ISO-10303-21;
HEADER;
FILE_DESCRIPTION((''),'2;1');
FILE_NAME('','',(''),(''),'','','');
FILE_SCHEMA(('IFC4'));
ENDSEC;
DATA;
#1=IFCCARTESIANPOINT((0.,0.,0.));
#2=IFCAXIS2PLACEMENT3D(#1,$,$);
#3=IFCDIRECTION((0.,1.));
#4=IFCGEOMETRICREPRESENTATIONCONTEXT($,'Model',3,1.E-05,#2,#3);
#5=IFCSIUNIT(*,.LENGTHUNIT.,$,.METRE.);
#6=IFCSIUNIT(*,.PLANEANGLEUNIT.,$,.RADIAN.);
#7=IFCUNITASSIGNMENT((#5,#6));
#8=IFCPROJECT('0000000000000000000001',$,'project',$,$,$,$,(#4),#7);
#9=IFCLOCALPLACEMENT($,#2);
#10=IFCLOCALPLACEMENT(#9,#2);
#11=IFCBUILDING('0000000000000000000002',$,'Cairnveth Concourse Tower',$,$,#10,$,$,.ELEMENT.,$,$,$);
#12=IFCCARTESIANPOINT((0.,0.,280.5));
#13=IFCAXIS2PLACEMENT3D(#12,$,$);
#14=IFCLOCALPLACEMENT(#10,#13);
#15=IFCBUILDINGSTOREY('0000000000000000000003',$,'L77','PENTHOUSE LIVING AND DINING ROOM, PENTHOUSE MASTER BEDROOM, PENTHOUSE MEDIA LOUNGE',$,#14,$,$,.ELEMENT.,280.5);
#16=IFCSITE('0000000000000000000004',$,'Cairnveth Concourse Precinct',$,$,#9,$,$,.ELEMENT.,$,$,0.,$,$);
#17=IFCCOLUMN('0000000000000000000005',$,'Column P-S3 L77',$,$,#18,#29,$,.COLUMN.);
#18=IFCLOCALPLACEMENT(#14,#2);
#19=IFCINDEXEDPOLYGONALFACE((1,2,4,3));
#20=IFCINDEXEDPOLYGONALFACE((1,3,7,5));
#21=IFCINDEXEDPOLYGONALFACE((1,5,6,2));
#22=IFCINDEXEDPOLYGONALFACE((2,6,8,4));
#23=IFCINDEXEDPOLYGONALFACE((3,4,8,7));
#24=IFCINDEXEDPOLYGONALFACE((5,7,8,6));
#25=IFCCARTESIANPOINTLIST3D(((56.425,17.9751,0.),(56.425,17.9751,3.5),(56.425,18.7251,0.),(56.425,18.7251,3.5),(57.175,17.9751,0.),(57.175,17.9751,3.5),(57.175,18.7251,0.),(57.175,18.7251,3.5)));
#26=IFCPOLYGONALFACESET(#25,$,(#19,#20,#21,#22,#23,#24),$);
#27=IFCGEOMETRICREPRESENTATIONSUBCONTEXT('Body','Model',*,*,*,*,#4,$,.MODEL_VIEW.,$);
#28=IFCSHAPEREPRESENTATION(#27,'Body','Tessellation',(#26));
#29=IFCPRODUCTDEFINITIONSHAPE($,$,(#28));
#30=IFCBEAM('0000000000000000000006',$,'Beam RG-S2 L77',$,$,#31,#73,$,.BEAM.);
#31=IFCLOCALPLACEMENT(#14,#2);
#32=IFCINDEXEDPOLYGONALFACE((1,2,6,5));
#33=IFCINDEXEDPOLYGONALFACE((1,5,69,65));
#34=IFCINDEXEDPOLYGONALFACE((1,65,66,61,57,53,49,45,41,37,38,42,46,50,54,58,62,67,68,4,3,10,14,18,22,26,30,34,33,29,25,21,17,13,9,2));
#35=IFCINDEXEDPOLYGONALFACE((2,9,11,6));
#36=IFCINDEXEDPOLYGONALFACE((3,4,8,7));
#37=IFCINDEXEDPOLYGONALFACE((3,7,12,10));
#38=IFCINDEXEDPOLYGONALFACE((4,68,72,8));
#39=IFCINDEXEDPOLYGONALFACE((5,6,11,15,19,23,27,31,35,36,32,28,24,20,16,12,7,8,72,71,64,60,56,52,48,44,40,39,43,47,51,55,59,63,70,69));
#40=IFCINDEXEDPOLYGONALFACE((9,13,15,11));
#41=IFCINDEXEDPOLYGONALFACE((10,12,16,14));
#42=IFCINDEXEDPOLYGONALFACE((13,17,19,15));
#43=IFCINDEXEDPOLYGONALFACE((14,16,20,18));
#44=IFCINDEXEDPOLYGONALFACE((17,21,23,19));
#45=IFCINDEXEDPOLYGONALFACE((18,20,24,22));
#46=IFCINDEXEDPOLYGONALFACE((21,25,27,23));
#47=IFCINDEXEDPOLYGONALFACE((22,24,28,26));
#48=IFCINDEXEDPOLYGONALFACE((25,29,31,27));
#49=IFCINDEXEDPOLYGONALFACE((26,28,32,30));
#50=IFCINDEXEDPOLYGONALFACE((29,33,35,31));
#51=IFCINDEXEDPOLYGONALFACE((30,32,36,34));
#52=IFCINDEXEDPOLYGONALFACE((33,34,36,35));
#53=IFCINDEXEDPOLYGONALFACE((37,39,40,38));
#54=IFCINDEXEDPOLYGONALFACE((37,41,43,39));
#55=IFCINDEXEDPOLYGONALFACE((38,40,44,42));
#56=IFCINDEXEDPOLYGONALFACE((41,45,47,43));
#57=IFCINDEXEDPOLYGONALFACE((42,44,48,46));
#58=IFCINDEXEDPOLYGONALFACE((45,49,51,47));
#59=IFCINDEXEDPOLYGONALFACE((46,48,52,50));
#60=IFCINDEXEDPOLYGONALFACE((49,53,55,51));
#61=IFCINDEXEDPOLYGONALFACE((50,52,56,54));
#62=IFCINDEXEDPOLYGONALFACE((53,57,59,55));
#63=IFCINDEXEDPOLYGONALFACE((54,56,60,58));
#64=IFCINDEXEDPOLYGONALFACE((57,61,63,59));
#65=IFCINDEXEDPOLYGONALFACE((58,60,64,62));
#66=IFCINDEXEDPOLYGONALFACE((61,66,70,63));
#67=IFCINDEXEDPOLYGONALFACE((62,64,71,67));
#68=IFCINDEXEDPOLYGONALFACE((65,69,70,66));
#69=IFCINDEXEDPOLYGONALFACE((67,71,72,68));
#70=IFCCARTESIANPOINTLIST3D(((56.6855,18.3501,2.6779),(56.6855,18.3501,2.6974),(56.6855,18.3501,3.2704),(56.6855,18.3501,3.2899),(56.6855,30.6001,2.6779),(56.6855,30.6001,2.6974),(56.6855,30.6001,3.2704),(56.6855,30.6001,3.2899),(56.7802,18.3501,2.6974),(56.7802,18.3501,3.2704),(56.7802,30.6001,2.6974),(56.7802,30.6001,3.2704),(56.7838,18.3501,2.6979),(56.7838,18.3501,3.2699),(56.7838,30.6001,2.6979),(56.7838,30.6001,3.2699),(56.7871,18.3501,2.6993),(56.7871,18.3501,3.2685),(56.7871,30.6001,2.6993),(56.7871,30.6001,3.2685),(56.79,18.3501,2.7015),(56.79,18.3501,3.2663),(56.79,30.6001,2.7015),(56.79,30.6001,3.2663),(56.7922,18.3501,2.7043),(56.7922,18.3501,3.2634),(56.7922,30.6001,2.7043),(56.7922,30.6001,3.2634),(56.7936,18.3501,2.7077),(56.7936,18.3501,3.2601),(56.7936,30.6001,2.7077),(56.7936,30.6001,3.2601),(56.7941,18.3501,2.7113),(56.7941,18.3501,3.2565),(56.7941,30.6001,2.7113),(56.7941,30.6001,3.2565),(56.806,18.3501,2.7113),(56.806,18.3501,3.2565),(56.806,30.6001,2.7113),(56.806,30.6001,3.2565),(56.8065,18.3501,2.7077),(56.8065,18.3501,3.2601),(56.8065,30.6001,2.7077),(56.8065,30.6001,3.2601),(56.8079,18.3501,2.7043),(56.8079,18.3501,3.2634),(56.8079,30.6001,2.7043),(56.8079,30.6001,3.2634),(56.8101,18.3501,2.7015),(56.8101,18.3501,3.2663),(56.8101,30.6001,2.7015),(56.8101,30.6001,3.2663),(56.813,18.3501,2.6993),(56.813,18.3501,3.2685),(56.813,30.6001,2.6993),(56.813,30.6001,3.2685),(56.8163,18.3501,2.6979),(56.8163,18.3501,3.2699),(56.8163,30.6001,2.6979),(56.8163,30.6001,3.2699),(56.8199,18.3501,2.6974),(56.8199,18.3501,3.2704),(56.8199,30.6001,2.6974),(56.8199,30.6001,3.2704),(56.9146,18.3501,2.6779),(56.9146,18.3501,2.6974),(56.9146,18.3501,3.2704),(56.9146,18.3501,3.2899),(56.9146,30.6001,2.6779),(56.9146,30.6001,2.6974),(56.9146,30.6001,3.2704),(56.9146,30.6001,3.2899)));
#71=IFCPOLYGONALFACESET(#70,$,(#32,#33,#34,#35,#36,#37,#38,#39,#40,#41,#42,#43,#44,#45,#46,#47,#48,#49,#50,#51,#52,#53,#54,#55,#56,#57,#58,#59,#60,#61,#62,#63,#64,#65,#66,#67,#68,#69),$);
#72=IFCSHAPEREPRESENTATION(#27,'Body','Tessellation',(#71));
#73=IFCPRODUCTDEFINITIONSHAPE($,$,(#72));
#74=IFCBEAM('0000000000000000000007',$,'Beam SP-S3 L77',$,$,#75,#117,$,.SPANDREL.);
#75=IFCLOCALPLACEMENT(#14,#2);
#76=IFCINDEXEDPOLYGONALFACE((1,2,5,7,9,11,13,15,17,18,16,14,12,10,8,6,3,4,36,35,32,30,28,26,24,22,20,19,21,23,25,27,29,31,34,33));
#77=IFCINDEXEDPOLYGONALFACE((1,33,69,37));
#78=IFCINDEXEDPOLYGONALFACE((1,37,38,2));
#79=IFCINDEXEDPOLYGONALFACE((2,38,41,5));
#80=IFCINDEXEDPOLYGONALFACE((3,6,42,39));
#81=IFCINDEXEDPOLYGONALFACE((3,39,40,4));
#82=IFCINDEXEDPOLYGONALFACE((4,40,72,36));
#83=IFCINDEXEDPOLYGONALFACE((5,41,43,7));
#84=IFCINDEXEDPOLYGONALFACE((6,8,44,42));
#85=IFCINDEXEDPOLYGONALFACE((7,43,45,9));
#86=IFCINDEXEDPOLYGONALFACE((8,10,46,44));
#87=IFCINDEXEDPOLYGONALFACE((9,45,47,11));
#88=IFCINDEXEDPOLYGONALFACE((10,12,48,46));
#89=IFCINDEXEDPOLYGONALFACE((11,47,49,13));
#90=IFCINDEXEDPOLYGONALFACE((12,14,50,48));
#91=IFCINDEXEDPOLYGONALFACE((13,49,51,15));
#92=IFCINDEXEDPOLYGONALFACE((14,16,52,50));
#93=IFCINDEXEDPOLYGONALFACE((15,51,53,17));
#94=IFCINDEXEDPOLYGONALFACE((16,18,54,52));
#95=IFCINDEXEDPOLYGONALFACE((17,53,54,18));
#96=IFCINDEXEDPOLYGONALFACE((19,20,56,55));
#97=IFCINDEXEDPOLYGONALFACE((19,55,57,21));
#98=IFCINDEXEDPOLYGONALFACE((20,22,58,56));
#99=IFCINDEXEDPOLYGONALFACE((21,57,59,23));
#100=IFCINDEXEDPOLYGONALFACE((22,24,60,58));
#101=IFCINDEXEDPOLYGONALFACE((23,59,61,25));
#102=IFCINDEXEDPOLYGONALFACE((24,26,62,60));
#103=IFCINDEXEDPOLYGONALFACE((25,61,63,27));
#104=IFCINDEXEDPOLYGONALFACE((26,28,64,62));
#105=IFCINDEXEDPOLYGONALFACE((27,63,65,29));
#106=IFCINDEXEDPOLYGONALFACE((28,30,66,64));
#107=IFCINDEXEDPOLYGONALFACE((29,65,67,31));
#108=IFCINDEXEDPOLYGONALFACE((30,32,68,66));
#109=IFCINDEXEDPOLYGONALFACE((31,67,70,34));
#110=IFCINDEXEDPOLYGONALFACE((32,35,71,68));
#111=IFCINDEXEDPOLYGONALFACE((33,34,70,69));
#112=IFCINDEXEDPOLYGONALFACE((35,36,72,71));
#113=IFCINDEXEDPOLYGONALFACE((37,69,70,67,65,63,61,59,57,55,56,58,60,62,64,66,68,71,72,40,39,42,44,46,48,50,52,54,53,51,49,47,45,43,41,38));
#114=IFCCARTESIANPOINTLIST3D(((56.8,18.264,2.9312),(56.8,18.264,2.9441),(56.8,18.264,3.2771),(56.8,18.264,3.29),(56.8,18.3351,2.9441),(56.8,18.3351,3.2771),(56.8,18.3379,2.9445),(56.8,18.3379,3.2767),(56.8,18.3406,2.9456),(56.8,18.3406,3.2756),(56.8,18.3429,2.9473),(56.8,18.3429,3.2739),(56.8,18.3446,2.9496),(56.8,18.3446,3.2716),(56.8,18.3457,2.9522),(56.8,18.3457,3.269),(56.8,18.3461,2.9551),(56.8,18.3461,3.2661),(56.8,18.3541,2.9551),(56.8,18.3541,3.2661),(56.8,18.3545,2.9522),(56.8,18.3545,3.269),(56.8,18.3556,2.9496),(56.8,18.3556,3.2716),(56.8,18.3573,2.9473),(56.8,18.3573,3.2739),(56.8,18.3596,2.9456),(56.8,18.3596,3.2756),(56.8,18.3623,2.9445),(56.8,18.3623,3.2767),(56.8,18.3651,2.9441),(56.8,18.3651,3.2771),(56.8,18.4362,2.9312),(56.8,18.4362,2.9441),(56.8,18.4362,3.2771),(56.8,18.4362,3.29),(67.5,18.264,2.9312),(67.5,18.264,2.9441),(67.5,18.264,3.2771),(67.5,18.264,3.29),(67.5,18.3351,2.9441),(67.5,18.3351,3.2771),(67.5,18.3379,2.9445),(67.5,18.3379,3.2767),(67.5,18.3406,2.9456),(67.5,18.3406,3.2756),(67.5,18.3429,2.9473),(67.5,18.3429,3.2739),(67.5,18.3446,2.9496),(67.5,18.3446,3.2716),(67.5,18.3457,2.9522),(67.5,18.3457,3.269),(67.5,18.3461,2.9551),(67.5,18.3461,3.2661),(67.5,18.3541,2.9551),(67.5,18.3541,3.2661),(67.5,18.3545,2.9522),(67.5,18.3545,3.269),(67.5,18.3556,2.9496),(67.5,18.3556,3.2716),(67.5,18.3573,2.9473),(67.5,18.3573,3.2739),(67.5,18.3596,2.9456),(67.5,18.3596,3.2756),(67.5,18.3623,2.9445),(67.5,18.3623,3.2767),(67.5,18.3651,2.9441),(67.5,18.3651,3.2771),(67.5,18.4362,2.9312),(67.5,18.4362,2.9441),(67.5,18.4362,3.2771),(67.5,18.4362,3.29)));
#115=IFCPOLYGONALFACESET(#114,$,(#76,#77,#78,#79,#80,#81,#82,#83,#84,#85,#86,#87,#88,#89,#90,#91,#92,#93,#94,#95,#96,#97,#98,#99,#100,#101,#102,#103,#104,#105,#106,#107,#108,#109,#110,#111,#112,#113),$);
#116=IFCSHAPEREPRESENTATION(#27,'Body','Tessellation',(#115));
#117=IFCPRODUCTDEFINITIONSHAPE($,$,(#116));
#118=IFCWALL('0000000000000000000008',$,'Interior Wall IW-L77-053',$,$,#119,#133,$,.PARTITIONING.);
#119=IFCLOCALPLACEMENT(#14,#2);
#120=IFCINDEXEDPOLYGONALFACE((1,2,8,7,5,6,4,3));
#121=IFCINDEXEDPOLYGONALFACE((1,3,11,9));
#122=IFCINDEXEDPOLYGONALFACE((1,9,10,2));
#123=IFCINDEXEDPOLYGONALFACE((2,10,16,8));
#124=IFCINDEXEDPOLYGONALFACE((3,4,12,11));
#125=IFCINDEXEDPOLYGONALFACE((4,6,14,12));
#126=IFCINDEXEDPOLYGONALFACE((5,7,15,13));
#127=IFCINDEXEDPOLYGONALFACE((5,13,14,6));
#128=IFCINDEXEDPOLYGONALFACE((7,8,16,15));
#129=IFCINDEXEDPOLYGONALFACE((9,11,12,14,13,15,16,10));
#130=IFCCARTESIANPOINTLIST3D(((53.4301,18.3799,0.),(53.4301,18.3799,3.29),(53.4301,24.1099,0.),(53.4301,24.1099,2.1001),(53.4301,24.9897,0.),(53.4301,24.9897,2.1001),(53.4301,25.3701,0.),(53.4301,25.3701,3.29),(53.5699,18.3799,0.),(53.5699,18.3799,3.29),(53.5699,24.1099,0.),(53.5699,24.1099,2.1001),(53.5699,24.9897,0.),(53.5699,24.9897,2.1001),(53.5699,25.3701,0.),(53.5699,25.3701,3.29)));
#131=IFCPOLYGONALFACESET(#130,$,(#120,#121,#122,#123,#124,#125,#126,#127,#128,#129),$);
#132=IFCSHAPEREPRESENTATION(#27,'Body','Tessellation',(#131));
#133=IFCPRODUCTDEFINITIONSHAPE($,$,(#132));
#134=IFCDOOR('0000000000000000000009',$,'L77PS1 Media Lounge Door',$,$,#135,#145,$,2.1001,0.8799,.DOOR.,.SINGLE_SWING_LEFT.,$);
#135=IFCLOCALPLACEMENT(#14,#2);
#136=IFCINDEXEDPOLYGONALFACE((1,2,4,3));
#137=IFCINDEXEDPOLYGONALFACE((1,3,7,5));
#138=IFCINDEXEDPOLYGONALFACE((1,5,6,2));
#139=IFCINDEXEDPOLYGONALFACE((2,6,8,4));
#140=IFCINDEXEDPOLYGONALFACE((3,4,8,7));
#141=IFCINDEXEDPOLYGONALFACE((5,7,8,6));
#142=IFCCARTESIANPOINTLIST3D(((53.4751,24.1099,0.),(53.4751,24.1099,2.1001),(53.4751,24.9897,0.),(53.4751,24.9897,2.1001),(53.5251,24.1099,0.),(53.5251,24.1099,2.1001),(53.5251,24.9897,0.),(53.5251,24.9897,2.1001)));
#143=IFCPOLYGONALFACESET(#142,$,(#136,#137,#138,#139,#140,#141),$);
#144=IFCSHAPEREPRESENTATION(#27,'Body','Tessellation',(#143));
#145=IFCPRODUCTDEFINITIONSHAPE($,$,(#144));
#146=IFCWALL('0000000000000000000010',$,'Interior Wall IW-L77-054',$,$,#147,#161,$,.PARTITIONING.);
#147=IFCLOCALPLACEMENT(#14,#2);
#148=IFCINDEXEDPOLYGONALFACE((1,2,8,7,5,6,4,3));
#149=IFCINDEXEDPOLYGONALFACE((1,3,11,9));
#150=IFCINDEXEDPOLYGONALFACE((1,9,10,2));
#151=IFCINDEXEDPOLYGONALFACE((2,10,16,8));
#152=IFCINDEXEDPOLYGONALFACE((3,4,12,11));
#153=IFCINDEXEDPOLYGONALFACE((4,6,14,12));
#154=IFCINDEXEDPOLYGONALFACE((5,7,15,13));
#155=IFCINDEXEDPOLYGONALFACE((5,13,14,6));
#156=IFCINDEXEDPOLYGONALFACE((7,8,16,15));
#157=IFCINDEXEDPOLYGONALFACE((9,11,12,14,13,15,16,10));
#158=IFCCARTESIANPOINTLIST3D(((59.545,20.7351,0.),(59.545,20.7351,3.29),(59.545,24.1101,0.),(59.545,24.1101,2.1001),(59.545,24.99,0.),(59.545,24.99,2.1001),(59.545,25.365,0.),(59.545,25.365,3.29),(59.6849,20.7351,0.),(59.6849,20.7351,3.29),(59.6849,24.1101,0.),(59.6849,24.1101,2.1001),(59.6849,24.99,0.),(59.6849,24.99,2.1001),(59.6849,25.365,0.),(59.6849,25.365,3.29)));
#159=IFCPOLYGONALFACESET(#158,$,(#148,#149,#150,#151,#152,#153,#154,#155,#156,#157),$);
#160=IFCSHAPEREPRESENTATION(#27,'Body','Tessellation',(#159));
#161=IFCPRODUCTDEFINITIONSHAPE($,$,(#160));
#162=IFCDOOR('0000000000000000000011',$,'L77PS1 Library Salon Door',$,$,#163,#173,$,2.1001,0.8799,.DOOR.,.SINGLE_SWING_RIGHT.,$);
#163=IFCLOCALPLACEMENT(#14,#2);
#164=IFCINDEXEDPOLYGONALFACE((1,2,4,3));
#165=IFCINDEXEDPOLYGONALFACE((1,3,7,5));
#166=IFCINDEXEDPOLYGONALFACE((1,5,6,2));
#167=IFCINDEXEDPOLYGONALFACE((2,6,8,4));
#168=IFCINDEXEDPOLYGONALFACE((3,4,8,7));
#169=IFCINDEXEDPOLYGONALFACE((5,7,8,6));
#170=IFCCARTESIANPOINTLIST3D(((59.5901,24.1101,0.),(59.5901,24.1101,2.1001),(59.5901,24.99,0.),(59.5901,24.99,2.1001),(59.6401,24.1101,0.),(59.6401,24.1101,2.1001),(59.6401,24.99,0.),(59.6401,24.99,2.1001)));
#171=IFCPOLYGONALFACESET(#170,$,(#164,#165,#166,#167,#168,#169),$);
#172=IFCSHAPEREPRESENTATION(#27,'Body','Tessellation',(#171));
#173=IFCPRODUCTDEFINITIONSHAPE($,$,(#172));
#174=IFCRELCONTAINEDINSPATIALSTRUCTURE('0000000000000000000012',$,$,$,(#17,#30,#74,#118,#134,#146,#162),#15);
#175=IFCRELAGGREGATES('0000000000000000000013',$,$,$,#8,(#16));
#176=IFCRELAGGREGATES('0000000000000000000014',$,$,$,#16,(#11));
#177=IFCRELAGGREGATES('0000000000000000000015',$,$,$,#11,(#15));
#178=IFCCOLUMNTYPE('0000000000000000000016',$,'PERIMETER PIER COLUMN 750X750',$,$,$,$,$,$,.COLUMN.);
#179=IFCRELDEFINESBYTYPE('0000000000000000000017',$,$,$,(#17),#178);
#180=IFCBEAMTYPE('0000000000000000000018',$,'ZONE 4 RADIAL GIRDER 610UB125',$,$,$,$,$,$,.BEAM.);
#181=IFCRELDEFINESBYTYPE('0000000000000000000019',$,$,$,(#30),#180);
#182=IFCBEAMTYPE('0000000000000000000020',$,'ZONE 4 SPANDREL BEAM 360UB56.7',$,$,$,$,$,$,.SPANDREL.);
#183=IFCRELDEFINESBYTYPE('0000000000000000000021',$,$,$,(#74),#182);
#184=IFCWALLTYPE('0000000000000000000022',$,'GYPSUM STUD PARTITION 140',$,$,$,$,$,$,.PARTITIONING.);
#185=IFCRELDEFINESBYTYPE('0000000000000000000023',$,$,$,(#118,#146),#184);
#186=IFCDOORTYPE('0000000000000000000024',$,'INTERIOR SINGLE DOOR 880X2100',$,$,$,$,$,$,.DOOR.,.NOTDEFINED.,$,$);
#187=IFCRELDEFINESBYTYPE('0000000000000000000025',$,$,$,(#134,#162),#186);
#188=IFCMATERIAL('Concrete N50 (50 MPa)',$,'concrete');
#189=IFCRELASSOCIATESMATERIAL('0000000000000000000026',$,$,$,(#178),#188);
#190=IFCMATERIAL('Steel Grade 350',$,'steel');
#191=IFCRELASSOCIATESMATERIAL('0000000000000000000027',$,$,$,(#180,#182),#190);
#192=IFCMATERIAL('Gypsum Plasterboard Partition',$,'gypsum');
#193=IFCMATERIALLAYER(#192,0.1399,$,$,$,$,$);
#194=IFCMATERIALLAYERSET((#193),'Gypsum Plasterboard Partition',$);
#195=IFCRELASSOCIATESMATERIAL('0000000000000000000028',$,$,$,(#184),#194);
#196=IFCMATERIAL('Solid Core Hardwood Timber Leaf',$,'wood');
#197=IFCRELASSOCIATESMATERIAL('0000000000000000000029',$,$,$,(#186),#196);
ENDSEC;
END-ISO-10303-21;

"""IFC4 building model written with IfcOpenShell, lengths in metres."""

from ifc_helpers import new_model, si_unit, direction, frame, frame_2d, origin, origin_2d, place, context, subcontext, project, spatial, rectangle, i_section, extrude, material, layer, layer_set, material_profile, profile_set, type_object, element, fill, save


model = new_model("IFC4")

# Units and contexts
model_context = context("Model", 3, precision=1e-05, world=origin(), true_north=direction((0.0, 1.0)))
body_context = subcontext(model_context, "Body", "Model", "MODEL_VIEW")
ifc_project = project(units=[si_unit("LENGTHUNIT", "METRE"), si_unit("PLANEANGLEUNIT", "RADIAN")], contexts=[model_context])

# Site, building, storey
site_placement = place(None, origin())
site = spatial("IfcSite", under=ifc_project, at=site_placement, Name="Cairnveth Concourse Precinct", CompositionType="ELEMENT", RefElevation=0.0)
building_placement = place(site_placement, origin())
building = spatial("IfcBuilding", under=site, at=building_placement, Name="Cairnveth Concourse Tower", CompositionType="ELEMENT")
storey_placement = place(building_placement, frame((0.0, 0.0, 280.5)))
storey = spatial("IfcBuildingStorey", under=building, at=storey_placement, Name="L77", Description="PENTHOUSE LIVING AND DINING ROOM, PENTHOUSE MASTER BEDROOM, PENTHOUSE MEDIA LOUNGE", CompositionType="ELEMENT", Elevation=280.5)

# Column
ifc_material_1 = material(Name="Concrete N50 (50 MPa)", Category="concrete")
ifc_material_profile_1 = material_profile(ifc_material_1, rectangle(XDim=0.75, YDim=0.75, at=origin_2d()), Name="RC-COL-750x750")
ifc_profile_set_1 = profile_set([ifc_material_profile_1], Name="Concrete N50 (50 MPa)")
column_type = type_object("IfcColumnType", Name="PERIMETER PIER COLUMN 750X750", PredefinedType="COLUMN", material=ifc_profile_set_1)
column_placement = place(storey_placement, frame((56.8, 18.3501, 0.0), z_axis=(0.0, 0.0, 1.0), x_axis=(1.0, 0.0, 0.0)))
element("IfcColumn", 1, at=column_placement, inside=storey, type_object=column_type, Name="Column P-S3 L77", PredefinedType="COLUMN", context=body_context, shape_type="SweptSolid", body=[
    extrude(rectangle(XDim=0.75, YDim=0.75, at=origin_2d()), origin(), (0.0, 0.0, 1.0), 3.5),
])

# Beams
ifc_material_2 = material(Name="Steel Grade 350", Category="steel")
ifc_material_profile_2 = material_profile(ifc_material_2, i_section(OverallWidth=0.229, OverallDepth=0.6121, WebThickness=0.012, FlangeThickness=0.0195, FilletRadius=0.0139, at=origin_2d()), Name="610UB125")
ifc_profile_set_2 = profile_set([ifc_material_profile_2], Name="Steel Grade 350")
beam_type_1 = type_object("IfcBeamType", Name="ZONE 4 RADIAL GIRDER 610UB125", PredefinedType="BEAM", material=ifc_profile_set_2)
beam_1_placement = place(storey_placement, frame((56.8, 18.3501, 2.9839), z_axis=(0.0, 1.0, 0.0), x_axis=(-1.0, 0.0, 0.0)))
element("IfcBeam", 2, at=beam_1_placement, inside=storey, type_object=beam_type_1, Name="Beam RG-S2 L77", PredefinedType="BEAM", context=body_context, shape_type="SweptSolid", body=[
    extrude(i_section(OverallWidth=0.229, OverallDepth=0.6121, WebThickness=0.012, FlangeThickness=0.0195, FilletRadius=0.0139, at=origin_2d()), origin(), (0.0, 0.0, 1.0), 12.25),
])
ifc_material_profile_3 = material_profile(ifc_material_2, i_section(OverallWidth=0.1721, OverallDepth=0.3589, WebThickness=0.0081, FlangeThickness=0.0129, FilletRadius=0.011, at=origin_2d()), Name="360UB56.7")
ifc_profile_set_3 = profile_set([ifc_material_profile_3], Name="Steel Grade 350")
beam_type_2 = type_object("IfcBeamType", Name="ZONE 4 SPANDREL BEAM 360UB56.7", PredefinedType="SPANDREL", material=ifc_profile_set_3)
beam_2_placement = place(storey_placement, frame((56.8, 18.3501, 3.1106), z_axis=(1.0, 0.0, 0.0), x_axis=(0.0, 1.0, 0.0)))
element("IfcBeam", 3, at=beam_2_placement, inside=storey, type_object=beam_type_2, Name="Beam SP-S3 L77", PredefinedType="SPANDREL", context=body_context, shape_type="SweptSolid", body=[
    extrude(i_section(OverallWidth=0.1721, OverallDepth=0.3589, WebThickness=0.0081, FlangeThickness=0.0129, FilletRadius=0.011, at=origin_2d()), origin(), (0.0, 0.0, 1.0), 10.7),
])

# Walls, openings, doors
ifc_material_3 = material(Name="Gypsum Plasterboard Partition", Category="gypsum")
ifc_layer_1 = layer(ifc_material_3, 0.1399)
ifc_layer_set_1 = layer_set([ifc_layer_1], Name="Gypsum Plasterboard Partition")
wall_type_1 = type_object("IfcWallType", Name="GYPSUM STUD PARTITION 140", PredefinedType="PARTITIONING", material=ifc_layer_set_1)
wall_1_placement = place(storey_placement, frame((53.5, 18.3799, 0.0), z_axis=(0.0, 0.0, 1.0), x_axis=(0.0, 1.0, 0.0)))
wall_1 = element("IfcWall", 4, at=wall_1_placement, inside=storey, type_object=wall_type_1, Name="Interior Wall IW-L77-053", PredefinedType="PARTITIONING", context=body_context, shape_type="SweptSolid", body=[
    extrude(rectangle(XDim=6.9902, YDim=0.1399, at=frame_2d((3.4951, 0.0))), origin(), (0.0, 0.0, 1.0), 3.29),
])
opening_1_placement = place(wall_1_placement, frame((5.73, 0.0, 0.0)))
opening_1 = element("IfcOpeningElement", 5, at=opening_1_placement, cuts=wall_1, PredefinedType="OPENING", context=body_context, shape_type="SweptSolid", body=[
    extrude(rectangle(XDim=0.8799, YDim=2.1001, at=frame_2d((0.4399, 1.05))), frame((0.0, 0.0798, 0.0), z_axis=(0.0, -1.0, 0.0), x_axis=(1.0, 0.0, 0.0)), (0.0, 0.0, 1.0), 0.1599),
])
ifc_material_4 = material(Name="Solid Core Hardwood Timber Leaf", Category="wood")
door_type_1 = type_object("IfcDoorType", Name="INTERIOR SINGLE DOOR 880X2100", OperationType="NOTDEFINED", PredefinedType="DOOR", material=ifc_material_4)
door_1_placement = place(opening_1_placement, origin())
door_1 = element("IfcDoor", 6, at=door_1_placement, inside=storey, type_object=door_type_1, Name="L77PS1 Media Lounge Door", OperationType="SINGLE_SWING_LEFT", OverallHeight=2.1001, OverallWidth=0.8799, PredefinedType="DOOR", context=body_context, shape_type="SweptSolid", body=[
    extrude(rectangle(XDim=0.8799, YDim=2.1001, at=frame_2d((0.4399, 1.05))), frame((0.0, 0.0249, 0.0), z_axis=(0.0, -1.0, 0.0), x_axis=(1.0, 0.0, 0.0)), (0.0, 0.0, 1.0), 0.05),
])
fill(opening_1, door_1)
wall_2_placement = place(storey_placement, frame((59.615, 20.7351, 0.0), z_axis=(0.0, 0.0, 1.0), x_axis=(0.0, 1.0, 0.0)))
wall_2 = element("IfcWall", 7, at=wall_2_placement, inside=storey, type_object=wall_type_1, Name="Interior Wall IW-L77-054", PredefinedType="PARTITIONING", context=body_context, shape_type="SweptSolid", body=[
    extrude(rectangle(XDim=4.6299, YDim=0.1399, at=frame_2d((2.3149, 0.0))), origin(), (0.0, 0.0, 1.0), 3.29),
])
opening_2_placement = place(wall_2_placement, frame((3.375, 0.0, 0.0)))
opening_2 = element("IfcOpeningElement", 8, at=opening_2_placement, cuts=wall_2, PredefinedType="OPENING", context=body_context, shape_type="SweptSolid", body=[
    extrude(rectangle(XDim=0.8799, YDim=2.1001, at=frame_2d((0.4399, 1.05))), frame((0.0, 0.0798, 0.0), z_axis=(0.0, -1.0, 0.0), x_axis=(1.0, 0.0, 0.0)), (0.0, 0.0, 1.0), 0.1599),
])
door_2_placement = place(opening_2_placement, origin())
door_2 = element("IfcDoor", 9, at=door_2_placement, inside=storey, type_object=door_type_1, Name="L77PS1 Library Salon Door", OperationType="SINGLE_SWING_RIGHT", OverallHeight=2.1001, OverallWidth=0.8799, PredefinedType="DOOR", context=body_context, shape_type="SweptSolid", body=[
    extrude(rectangle(XDim=0.8799, YDim=2.1001, at=frame_2d((0.4399, 1.05))), frame((0.0, 0.0249, 0.0), z_axis=(0.0, -1.0, 0.0), x_axis=(1.0, 0.0, 0.0)), (0.0, 0.0, 1.0), 0.05),
])
fill(opening_2, door_2)

save(model, "model.ifc")
